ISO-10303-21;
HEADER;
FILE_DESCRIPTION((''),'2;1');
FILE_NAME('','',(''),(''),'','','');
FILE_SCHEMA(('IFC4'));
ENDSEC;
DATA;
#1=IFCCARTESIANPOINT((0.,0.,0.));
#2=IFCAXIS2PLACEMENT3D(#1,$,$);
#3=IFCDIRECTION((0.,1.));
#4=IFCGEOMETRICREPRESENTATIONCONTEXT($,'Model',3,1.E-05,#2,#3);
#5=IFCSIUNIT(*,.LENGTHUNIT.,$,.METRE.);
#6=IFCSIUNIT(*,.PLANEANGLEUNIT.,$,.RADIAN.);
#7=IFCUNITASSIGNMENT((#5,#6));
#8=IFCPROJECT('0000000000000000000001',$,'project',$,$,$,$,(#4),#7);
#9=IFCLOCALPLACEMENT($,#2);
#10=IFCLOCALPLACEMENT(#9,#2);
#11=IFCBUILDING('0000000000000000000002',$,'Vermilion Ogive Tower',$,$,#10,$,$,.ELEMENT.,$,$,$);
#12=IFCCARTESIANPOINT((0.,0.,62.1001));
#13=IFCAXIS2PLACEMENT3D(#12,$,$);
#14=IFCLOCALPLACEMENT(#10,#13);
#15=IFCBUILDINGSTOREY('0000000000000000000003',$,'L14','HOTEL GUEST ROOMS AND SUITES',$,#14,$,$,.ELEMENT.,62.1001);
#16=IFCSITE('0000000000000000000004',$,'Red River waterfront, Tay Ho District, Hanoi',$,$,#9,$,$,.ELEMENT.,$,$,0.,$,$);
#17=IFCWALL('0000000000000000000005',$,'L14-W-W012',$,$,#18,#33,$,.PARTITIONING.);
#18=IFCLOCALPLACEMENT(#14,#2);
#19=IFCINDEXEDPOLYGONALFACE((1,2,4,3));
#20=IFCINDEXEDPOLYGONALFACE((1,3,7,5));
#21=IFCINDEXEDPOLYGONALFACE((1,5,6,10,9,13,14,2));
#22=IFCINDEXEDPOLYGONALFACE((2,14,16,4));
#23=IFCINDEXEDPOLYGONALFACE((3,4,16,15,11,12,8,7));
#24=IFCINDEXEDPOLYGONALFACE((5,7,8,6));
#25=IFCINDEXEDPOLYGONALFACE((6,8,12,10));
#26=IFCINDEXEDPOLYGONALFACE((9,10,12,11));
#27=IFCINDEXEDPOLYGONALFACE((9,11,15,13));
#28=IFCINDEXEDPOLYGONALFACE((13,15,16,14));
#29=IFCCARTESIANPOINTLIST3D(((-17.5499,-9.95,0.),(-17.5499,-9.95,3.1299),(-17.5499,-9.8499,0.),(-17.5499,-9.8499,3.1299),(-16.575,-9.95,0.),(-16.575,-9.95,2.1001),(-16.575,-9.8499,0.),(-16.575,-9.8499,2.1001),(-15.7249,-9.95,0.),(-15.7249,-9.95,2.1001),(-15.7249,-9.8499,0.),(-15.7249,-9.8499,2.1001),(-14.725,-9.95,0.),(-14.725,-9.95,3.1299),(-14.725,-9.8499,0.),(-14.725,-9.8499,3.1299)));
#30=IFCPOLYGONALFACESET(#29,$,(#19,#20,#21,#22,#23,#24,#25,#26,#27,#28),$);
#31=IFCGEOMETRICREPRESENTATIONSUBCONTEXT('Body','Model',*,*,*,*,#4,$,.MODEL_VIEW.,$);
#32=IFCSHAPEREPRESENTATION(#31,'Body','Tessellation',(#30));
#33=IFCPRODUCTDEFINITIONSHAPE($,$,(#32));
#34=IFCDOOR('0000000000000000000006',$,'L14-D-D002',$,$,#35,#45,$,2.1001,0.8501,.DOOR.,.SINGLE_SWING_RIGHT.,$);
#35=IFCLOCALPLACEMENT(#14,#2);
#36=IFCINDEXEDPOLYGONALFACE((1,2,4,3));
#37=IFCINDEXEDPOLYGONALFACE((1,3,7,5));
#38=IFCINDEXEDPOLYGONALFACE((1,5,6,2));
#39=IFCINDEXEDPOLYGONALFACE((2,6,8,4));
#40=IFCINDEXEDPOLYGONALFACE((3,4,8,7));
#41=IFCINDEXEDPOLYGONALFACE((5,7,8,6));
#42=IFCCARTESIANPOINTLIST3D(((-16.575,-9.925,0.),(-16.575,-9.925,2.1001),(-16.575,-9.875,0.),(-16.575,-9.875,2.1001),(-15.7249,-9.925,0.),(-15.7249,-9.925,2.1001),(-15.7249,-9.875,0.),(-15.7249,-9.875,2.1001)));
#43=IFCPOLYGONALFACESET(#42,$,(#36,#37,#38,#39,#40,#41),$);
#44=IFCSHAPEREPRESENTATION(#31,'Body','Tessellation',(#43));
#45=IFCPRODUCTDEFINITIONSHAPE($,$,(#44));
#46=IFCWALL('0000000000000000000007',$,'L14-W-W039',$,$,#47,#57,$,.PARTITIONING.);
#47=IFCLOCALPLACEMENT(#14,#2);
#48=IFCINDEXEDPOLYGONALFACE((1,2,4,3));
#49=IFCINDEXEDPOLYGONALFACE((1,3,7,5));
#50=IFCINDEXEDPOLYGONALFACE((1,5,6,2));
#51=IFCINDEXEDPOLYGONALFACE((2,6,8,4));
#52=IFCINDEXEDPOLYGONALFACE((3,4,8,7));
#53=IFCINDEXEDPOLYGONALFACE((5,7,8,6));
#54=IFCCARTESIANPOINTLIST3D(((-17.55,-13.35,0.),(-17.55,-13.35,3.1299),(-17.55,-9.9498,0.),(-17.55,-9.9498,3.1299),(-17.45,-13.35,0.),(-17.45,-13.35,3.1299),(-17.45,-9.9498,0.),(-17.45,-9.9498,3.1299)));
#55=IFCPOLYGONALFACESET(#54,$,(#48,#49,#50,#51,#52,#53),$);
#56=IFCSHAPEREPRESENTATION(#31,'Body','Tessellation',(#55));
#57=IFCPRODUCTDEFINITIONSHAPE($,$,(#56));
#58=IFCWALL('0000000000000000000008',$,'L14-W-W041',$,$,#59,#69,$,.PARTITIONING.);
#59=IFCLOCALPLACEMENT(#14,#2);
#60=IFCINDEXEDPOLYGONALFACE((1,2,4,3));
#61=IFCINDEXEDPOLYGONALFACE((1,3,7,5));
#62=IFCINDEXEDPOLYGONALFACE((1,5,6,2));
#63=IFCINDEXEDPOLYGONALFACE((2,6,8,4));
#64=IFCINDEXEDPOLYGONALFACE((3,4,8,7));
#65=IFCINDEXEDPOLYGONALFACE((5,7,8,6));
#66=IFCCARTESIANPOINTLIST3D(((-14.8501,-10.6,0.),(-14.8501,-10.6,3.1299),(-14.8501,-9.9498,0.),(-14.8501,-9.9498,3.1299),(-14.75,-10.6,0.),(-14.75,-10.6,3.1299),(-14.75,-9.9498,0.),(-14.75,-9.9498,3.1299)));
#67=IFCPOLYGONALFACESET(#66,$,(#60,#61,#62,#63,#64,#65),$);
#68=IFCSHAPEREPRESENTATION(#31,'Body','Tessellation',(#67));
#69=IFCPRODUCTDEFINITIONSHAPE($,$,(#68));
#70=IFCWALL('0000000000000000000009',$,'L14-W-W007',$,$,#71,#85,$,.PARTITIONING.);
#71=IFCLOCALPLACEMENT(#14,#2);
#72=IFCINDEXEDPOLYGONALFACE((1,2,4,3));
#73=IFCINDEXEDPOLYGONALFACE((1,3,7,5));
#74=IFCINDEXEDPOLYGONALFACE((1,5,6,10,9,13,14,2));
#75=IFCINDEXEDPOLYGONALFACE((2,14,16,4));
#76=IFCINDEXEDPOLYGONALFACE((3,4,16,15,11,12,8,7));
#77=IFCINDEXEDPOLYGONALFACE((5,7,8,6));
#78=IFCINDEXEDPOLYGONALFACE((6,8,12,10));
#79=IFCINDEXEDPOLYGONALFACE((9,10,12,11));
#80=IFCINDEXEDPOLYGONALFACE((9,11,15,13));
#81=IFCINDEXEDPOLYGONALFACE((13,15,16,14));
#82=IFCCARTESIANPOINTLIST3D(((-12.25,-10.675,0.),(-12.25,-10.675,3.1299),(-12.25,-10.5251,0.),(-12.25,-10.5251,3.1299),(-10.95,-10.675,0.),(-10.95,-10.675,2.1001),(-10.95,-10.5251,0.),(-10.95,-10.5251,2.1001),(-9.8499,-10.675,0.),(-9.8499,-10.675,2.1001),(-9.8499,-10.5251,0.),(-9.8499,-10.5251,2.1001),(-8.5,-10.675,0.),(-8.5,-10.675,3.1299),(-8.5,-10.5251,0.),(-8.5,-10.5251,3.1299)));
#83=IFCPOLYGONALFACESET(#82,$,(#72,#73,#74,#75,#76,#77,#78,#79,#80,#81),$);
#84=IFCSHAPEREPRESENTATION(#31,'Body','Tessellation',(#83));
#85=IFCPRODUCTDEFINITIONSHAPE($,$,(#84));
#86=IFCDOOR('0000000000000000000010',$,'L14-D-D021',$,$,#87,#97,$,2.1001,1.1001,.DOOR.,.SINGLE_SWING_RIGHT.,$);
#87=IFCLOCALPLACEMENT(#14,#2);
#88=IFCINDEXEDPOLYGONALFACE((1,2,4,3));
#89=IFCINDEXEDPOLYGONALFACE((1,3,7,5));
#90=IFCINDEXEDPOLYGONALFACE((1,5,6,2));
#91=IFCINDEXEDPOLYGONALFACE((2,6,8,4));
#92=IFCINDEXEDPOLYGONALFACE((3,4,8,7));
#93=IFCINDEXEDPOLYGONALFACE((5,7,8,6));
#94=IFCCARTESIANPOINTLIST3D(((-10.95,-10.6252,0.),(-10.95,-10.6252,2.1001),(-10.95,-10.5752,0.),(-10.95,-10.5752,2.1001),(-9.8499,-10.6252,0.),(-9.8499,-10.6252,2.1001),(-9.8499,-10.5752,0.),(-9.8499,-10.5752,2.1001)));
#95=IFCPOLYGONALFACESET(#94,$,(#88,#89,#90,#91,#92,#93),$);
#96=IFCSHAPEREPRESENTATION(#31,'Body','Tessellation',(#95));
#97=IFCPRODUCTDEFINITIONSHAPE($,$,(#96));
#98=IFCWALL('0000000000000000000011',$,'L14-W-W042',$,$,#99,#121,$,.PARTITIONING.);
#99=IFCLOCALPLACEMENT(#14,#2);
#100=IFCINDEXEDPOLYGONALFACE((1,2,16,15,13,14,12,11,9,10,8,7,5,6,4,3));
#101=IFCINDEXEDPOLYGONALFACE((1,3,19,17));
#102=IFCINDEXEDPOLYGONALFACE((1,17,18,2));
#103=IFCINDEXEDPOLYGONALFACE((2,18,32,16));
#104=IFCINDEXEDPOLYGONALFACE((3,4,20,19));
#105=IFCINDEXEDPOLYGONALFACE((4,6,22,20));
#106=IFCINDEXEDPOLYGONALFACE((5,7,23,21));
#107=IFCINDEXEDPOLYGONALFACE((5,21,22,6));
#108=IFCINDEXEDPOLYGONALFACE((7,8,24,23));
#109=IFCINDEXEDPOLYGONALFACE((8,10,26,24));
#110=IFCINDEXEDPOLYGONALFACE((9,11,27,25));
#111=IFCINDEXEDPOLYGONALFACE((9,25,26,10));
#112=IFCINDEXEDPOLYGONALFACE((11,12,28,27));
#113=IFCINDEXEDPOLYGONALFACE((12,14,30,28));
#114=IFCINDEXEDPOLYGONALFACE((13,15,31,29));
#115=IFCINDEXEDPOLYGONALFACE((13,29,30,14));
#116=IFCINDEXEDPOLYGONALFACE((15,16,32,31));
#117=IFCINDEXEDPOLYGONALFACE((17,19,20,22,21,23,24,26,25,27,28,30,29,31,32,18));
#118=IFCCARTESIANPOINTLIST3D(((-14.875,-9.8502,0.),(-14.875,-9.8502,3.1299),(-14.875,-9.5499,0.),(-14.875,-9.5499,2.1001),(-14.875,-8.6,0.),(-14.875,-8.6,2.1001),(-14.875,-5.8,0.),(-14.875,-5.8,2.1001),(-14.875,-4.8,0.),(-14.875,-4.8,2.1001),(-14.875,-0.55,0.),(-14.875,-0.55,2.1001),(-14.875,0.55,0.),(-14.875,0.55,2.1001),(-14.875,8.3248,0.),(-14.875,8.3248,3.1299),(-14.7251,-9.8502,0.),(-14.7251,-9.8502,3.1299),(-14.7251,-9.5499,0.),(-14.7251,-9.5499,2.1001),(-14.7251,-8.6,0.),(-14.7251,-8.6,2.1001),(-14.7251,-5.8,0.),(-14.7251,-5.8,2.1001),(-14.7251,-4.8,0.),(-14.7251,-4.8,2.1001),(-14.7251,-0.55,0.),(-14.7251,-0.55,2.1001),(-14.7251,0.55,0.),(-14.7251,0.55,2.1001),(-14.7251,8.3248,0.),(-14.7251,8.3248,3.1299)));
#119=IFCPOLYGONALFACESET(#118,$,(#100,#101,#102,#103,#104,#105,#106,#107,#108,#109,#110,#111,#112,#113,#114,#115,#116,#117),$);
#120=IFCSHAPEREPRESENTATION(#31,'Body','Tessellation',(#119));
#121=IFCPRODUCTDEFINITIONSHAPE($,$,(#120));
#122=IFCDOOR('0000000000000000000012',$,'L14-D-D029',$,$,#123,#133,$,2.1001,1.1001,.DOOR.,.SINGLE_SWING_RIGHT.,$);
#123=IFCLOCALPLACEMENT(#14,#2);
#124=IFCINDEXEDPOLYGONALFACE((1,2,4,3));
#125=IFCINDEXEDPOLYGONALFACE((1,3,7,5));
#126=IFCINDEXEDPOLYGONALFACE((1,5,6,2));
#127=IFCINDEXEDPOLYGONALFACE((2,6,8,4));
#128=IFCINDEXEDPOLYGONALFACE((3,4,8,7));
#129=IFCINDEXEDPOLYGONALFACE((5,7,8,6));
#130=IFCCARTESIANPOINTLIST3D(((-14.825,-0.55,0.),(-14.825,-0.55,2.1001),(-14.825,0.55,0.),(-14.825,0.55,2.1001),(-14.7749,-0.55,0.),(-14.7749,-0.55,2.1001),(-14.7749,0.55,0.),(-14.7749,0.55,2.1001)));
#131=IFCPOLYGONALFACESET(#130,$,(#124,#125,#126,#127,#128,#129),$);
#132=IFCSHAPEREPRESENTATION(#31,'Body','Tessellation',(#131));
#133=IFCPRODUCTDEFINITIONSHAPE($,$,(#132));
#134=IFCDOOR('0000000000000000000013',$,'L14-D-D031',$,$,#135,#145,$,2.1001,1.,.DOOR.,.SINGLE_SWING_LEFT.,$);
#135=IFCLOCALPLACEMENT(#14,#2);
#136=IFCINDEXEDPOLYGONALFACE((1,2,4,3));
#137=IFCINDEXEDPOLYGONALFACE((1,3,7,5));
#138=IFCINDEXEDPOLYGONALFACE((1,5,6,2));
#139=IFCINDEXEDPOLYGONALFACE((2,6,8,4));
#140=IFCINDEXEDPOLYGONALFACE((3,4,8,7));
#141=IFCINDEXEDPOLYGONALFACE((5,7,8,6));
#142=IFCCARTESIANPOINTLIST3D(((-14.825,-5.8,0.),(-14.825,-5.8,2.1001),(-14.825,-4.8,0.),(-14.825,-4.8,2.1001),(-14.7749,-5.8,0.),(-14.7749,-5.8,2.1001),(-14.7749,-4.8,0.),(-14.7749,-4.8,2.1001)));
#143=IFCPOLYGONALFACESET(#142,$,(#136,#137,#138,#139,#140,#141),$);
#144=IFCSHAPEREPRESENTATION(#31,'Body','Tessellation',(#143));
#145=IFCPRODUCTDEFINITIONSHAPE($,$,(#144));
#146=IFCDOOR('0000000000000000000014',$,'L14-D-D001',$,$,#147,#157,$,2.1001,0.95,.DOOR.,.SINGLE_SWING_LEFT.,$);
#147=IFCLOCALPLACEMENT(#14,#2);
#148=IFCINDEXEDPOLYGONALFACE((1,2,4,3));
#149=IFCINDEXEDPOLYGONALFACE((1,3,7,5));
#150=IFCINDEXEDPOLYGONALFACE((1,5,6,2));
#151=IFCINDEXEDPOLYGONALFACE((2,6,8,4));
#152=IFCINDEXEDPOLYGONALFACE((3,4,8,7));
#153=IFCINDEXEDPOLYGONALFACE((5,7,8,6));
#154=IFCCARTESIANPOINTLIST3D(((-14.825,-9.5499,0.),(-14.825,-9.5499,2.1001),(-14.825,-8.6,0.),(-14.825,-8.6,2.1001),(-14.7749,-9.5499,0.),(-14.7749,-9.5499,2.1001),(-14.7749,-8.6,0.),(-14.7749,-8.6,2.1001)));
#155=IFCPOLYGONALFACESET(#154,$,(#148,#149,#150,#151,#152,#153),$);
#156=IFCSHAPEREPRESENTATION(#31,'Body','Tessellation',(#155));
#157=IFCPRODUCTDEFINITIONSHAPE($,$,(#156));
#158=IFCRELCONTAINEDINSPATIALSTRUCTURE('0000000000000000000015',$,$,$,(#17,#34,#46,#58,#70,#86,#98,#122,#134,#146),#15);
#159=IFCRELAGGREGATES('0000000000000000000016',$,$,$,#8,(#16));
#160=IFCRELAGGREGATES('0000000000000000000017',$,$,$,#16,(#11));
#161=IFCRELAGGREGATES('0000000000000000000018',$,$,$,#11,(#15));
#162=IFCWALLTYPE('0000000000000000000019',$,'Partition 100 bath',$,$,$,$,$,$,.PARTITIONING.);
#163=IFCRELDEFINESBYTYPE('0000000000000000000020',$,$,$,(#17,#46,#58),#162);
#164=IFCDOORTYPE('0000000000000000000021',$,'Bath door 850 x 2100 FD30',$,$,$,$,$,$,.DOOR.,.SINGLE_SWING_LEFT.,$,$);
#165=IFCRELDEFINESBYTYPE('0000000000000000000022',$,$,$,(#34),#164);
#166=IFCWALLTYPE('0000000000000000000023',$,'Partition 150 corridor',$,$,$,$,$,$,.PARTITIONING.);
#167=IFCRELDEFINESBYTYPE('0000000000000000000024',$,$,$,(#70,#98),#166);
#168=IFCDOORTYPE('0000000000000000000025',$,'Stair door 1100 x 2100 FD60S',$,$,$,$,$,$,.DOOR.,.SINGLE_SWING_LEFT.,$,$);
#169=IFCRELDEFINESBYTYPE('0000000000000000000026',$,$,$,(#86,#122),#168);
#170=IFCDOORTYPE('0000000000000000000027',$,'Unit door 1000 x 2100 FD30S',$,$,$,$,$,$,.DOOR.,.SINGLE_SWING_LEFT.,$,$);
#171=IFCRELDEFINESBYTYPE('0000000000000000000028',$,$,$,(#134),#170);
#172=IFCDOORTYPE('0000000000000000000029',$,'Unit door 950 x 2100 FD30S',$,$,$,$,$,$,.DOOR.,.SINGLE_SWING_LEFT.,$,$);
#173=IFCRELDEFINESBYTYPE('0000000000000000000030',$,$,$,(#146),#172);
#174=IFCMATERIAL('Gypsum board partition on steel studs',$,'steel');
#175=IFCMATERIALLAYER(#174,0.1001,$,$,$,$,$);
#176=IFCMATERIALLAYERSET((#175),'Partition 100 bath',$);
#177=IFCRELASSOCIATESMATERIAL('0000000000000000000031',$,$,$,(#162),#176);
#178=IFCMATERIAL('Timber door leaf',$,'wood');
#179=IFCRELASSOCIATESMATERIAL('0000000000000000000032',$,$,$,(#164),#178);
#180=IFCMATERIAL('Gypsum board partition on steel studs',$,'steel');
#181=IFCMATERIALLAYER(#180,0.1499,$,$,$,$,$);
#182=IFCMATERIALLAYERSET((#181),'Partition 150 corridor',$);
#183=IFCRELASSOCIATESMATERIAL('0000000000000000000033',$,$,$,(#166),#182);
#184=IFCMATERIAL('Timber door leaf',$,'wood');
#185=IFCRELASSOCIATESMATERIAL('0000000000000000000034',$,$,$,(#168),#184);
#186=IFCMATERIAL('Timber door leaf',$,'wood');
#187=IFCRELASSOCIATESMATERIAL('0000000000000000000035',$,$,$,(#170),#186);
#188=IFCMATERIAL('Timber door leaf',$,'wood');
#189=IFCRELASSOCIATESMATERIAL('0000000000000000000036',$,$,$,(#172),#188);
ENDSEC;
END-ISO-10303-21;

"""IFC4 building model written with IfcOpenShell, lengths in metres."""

from ifc_helpers import new_model, si_unit, direction, frame, frame_2d, origin, place, context, subcontext, project, spatial, rectangle, extrude, material, layer, layer_set, type_object, element, fill, save


model = new_model("IFC4")

# Units and contexts
model_context = context("Model", 3, precision=1e-05, world=origin(), true_north=direction((0.0, 1.0)))
body_context = subcontext(model_context, "Body", "Model", "MODEL_VIEW")
ifc_project = project(units=[si_unit("LENGTHUNIT", "METRE"), si_unit("PLANEANGLEUNIT", "RADIAN")], contexts=[model_context])

# Site, building, storey
site_placement = place(None, origin())
site = spatial("IfcSite", under=ifc_project, at=site_placement, Name="Red River waterfront, Tay Ho District, Hanoi", CompositionType="ELEMENT", RefElevation=0.0)
building_placement = place(site_placement, origin())
building = spatial("IfcBuilding", under=site, at=building_placement, Name="Vermilion Ogive Tower", CompositionType="ELEMENT")
storey_placement = place(building_placement, frame((0.0, 0.0, 62.1001)))
storey = spatial("IfcBuildingStorey", under=building, at=storey_placement, Name="L14", Description="HOTEL GUEST ROOMS AND SUITES", CompositionType="ELEMENT", Elevation=62.1001)

# Wall, opening, door
ifc_material_1 = material(Name="Gypsum board partition on steel studs", Category="steel")
ifc_layer_1 = layer(ifc_material_1, 0.1001)
ifc_layer_set_1 = layer_set([ifc_layer_1], Name="Partition 100 bath")
wall_type_1 = type_object("IfcWallType", Name="Partition 100 bath", PredefinedType="PARTITIONING", material=ifc_layer_set_1)
wall_1_placement = place(storey_placement, frame((-17.55, -9.8999, 0.0), z_axis=(0.0, 0.0, 1.0), x_axis=(1.0, 0.0, 0.0)))
wall_1 = element("IfcWall", 1, at=wall_1_placement, inside=storey, type_object=wall_type_1, Name="L14-W-W012", PredefinedType="PARTITIONING", context=body_context, shape_type="SweptSolid", body=[
    extrude(rectangle(XDim=2.825, YDim=0.1001, at=frame_2d((1.4126, 0.0))), origin(), (0.0, 0.0, 1.0), 3.1299),
])
opening_1_placement = place(wall_1_placement, frame((0.9751, 0.0, 0.0)))
opening_1 = element("IfcOpeningElement", 2, at=opening_1_placement, cuts=wall_1, PredefinedType="OPENING", context=body_context, shape_type="SweptSolid", body=[
    extrude(rectangle(XDim=0.8501, YDim=2.1001, at=frame_2d((0.425, 1.05))), frame((0.0, 0.0601, 0.0), z_axis=(0.0, -1.0, 0.0), x_axis=(1.0, 0.0, 0.0)), (0.0, 0.0, 1.0), 0.1201),
])
ifc_material_2 = material(Name="Timber door leaf", Category="wood")
door_type_1 = type_object("IfcDoorType", Name="Bath door 850 x 2100 FD30", OperationType="SINGLE_SWING_LEFT", PredefinedType="DOOR", material=ifc_material_2)
door_1_placement = place(opening_1_placement, origin())
door_1 = element("IfcDoor", 3, at=door_1_placement, inside=storey, type_object=door_type_1, Name="L14-D-D002", OperationType="SINGLE_SWING_RIGHT", OverallHeight=2.1001, OverallWidth=0.8501, PredefinedType="DOOR", context=body_context, shape_type="SweptSolid", body=[
    extrude(rectangle(XDim=0.8501, YDim=2.1001, at=frame_2d((0.425, 1.05))), frame((0.0, 0.0249, 0.0), z_axis=(0.0, -1.0, 0.0), x_axis=(1.0, 0.0, 0.0)), (0.0, 0.0, 1.0), 0.05),
])
fill(opening_1, door_1)

# Walls
wall_2_placement = place(storey_placement, frame((-17.5, -13.3501, 0.0), z_axis=(0.0, 0.0, 1.0), x_axis=(0.0, 1.0, 0.0)))
element("IfcWall", 4, at=wall_2_placement, inside=storey, type_object=wall_type_1, Name="L14-W-W039", PredefinedType="PARTITIONING", context=body_context, shape_type="SweptSolid", body=[
    extrude(rectangle(XDim=3.4001, YDim=0.1001, at=frame_2d((1.7002, 0.0))), origin(), (0.0, 0.0, 1.0), 3.1299),
])
wall_3_placement = place(storey_placement, frame((-14.8, -10.6001, 0.0), z_axis=(0.0, 0.0, 1.0), x_axis=(0.0, 1.0, 0.0)))
element("IfcWall", 5, at=wall_3_placement, inside=storey, type_object=wall_type_1, Name="L14-W-W041", PredefinedType="PARTITIONING", context=body_context, shape_type="SweptSolid", body=[
    extrude(rectangle(XDim=0.6501, YDim=0.1001, at=frame_2d((0.3252, 0.0))), origin(), (0.0, 0.0, 1.0), 3.1299),
])

# Wall, opening, door
ifc_material_3 = material(Name="Gypsum board partition on steel studs", Category="steel")
ifc_layer_2 = layer(ifc_material_3, 0.1499)
ifc_layer_set_2 = layer_set([ifc_layer_2], Name="Partition 150 corridor")
wall_type_2 = type_object("IfcWallType", Name="Partition 150 corridor", PredefinedType="PARTITIONING", material=ifc_layer_set_2)
wall_4_placement = place(storey_placement, frame((-12.25, -10.6001, 0.0), z_axis=(0.0, 0.0, 1.0), x_axis=(1.0, 0.0, 0.0)))
wall_4 = element("IfcWall", 6, at=wall_4_placement, inside=storey, type_object=wall_type_2, Name="L14-W-W007", PredefinedType="PARTITIONING", context=body_context, shape_type="SweptSolid", body=[
    extrude(rectangle(XDim=3.75, YDim=0.1499, at=frame_2d((1.875, 0.0))), origin(), (0.0, 0.0, 1.0), 3.1299),
])
opening_2_placement = place(wall_4_placement, frame((1.3, 0.0, 0.0)))
opening_2 = element("IfcOpeningElement", 7, at=opening_2_placement, cuts=wall_4, PredefinedType="OPENING", context=body_context, shape_type="SweptSolid", body=[
    extrude(rectangle(XDim=1.1001, YDim=2.1001, at=frame_2d((0.55, 1.05))), frame((0.0, 0.085, 0.0), z_axis=(0.0, -1.0, 0.0), x_axis=(1.0, 0.0, 0.0)), (0.0, 0.0, 1.0), 0.1699),
])
ifc_material_4 = material(Name="Timber door leaf", Category="wood")
door_type_2 = type_object("IfcDoorType", Name="Stair door 1100 x 2100 FD60S", OperationType="SINGLE_SWING_LEFT", PredefinedType="DOOR", material=ifc_material_4)
door_2_placement = place(opening_2_placement, origin())
door_2 = element("IfcDoor", 8, at=door_2_placement, inside=storey, type_object=door_type_2, Name="L14-D-D021", OperationType="SINGLE_SWING_RIGHT", OverallHeight=2.1001, OverallWidth=1.1001, PredefinedType="DOOR", context=body_context, shape_type="SweptSolid", body=[
    extrude(rectangle(XDim=1.1001, YDim=2.1001, at=frame_2d((0.55, 1.05))), frame((0.0, 0.0249, 0.0), z_axis=(0.0, -1.0, 0.0), x_axis=(1.0, 0.0, 0.0)), (0.0, 0.0, 1.0), 0.05),
])
fill(opening_2, door_2)

# Wall, openings, doors
wall_5_placement = place(storey_placement, frame((-14.8, -9.8501, 0.0), z_axis=(0.0, 0.0, 1.0), x_axis=(0.0, 1.0, 0.0)))
wall_5 = element("IfcWall", 9, at=wall_5_placement, inside=storey, type_object=wall_type_2, Name="L14-W-W042", PredefinedType="PARTITIONING", context=body_context, shape_type="SweptSolid", body=[
    extrude(rectangle(XDim=18.175, YDim=0.1499, at=frame_2d((9.0874, 0.0))), origin(), (0.0, 0.0, 1.0), 3.1299),
])
opening_3_placement = place(wall_5_placement, frame((0.3, 0.0, 0.0)))
opening_3 = element("IfcOpeningElement", 10, at=opening_3_placement, cuts=wall_5, PredefinedType="OPENING", context=body_context, shape_type="SweptSolid", body=[
    extrude(rectangle(XDim=0.95, YDim=2.1001, at=frame_2d((0.4751, 1.05))), frame((0.0, 0.085, 0.0), z_axis=(0.0, -1.0, 0.0), x_axis=(1.0, 0.0, 0.0)), (0.0, 0.0, 1.0), 0.1699),
])
opening_4_placement = place(wall_5_placement, frame((9.3, 0.0, 0.0)))
opening_4 = element("IfcOpeningElement", 11, at=opening_4_placement, cuts=wall_5, PredefinedType="OPENING", context=body_context, shape_type="SweptSolid", body=[
    extrude(rectangle(XDim=1.1001, YDim=2.1001, at=frame_2d((0.55, 1.05))), frame((0.0, 0.085, 0.0), z_axis=(0.0, -1.0, 0.0), x_axis=(1.0, 0.0, 0.0)), (0.0, 0.0, 1.0), 0.1699),
])
opening_5_placement = place(wall_5_placement, frame((4.05, 0.0, 0.0)))
opening_5 = element("IfcOpeningElement", 12, at=opening_5_placement, cuts=wall_5, PredefinedType="OPENING", context=body_context, shape_type="SweptSolid", body=[
    extrude(rectangle(XDim=1.0, YDim=2.1001, at=frame_2d((0.5, 1.05))), frame((0.0, 0.085, 0.0), z_axis=(0.0, -1.0, 0.0), x_axis=(1.0, 0.0, 0.0)), (0.0, 0.0, 1.0), 0.1699),
])
door_3_placement = place(opening_4_placement, origin())
door_3 = element("IfcDoor", 13, at=door_3_placement, inside=storey, type_object=door_type_2, Name="L14-D-D029", OperationType="SINGLE_SWING_RIGHT", OverallHeight=2.1001, OverallWidth=1.1001, PredefinedType="DOOR", context=body_context, shape_type="SweptSolid", body=[
    extrude(rectangle(XDim=1.1001, YDim=2.1001, at=frame_2d((0.55, 1.05))), frame((0.0, 0.0249, 0.0), z_axis=(0.0, -1.0, 0.0), x_axis=(1.0, 0.0, 0.0)), (0.0, 0.0, 1.0), 0.05),
])
fill(opening_4, door_3)
ifc_material_5 = material(Name="Timber door leaf", Category="wood")
door_type_3 = type_object("IfcDoorType", Name="Unit door 1000 x 2100 FD30S", OperationType="SINGLE_SWING_LEFT", PredefinedType="DOOR", material=ifc_material_5)
door_4_placement = place(opening_5_placement, origin())
door_4 = element("IfcDoor", 14, at=door_4_placement, inside=storey, type_object=door_type_3, Name="L14-D-D031", OperationType="SINGLE_SWING_LEFT", OverallHeight=2.1001, OverallWidth=1.0, PredefinedType="DOOR", context=body_context, shape_type="SweptSolid", body=[
    extrude(rectangle(XDim=1.0, YDim=2.1001, at=frame_2d((0.5, 1.05))), frame((0.0, 0.0249, 0.0), z_axis=(0.0, -1.0, 0.0), x_axis=(1.0, 0.0, 0.0)), (0.0, 0.0, 1.0), 0.05),
])
fill(opening_5, door_4)
ifc_material_6 = material(Name="Timber door leaf", Category="wood")
door_type_4 = type_object("IfcDoorType", Name="Unit door 950 x 2100 FD30S", OperationType="SINGLE_SWING_LEFT", PredefinedType="DOOR", material=ifc_material_6)
door_5_placement = place(opening_3_placement, origin())
door_5 = element("IfcDoor", 15, at=door_5_placement, inside=storey, type_object=door_type_4, Name="L14-D-D001", OperationType="SINGLE_SWING_LEFT", OverallHeight=2.1001, OverallWidth=0.95, PredefinedType="DOOR", context=body_context, shape_type="SweptSolid", body=[
    extrude(rectangle(XDim=0.95, YDim=2.1001, at=frame_2d((0.4751, 1.05))), frame((0.0, 0.0249, 0.0), z_axis=(0.0, -1.0, 0.0), x_axis=(1.0, 0.0, 0.0)), (0.0, 0.0, 1.0), 0.05),
])
fill(opening_3, door_5)

save(model, "model.ifc")
